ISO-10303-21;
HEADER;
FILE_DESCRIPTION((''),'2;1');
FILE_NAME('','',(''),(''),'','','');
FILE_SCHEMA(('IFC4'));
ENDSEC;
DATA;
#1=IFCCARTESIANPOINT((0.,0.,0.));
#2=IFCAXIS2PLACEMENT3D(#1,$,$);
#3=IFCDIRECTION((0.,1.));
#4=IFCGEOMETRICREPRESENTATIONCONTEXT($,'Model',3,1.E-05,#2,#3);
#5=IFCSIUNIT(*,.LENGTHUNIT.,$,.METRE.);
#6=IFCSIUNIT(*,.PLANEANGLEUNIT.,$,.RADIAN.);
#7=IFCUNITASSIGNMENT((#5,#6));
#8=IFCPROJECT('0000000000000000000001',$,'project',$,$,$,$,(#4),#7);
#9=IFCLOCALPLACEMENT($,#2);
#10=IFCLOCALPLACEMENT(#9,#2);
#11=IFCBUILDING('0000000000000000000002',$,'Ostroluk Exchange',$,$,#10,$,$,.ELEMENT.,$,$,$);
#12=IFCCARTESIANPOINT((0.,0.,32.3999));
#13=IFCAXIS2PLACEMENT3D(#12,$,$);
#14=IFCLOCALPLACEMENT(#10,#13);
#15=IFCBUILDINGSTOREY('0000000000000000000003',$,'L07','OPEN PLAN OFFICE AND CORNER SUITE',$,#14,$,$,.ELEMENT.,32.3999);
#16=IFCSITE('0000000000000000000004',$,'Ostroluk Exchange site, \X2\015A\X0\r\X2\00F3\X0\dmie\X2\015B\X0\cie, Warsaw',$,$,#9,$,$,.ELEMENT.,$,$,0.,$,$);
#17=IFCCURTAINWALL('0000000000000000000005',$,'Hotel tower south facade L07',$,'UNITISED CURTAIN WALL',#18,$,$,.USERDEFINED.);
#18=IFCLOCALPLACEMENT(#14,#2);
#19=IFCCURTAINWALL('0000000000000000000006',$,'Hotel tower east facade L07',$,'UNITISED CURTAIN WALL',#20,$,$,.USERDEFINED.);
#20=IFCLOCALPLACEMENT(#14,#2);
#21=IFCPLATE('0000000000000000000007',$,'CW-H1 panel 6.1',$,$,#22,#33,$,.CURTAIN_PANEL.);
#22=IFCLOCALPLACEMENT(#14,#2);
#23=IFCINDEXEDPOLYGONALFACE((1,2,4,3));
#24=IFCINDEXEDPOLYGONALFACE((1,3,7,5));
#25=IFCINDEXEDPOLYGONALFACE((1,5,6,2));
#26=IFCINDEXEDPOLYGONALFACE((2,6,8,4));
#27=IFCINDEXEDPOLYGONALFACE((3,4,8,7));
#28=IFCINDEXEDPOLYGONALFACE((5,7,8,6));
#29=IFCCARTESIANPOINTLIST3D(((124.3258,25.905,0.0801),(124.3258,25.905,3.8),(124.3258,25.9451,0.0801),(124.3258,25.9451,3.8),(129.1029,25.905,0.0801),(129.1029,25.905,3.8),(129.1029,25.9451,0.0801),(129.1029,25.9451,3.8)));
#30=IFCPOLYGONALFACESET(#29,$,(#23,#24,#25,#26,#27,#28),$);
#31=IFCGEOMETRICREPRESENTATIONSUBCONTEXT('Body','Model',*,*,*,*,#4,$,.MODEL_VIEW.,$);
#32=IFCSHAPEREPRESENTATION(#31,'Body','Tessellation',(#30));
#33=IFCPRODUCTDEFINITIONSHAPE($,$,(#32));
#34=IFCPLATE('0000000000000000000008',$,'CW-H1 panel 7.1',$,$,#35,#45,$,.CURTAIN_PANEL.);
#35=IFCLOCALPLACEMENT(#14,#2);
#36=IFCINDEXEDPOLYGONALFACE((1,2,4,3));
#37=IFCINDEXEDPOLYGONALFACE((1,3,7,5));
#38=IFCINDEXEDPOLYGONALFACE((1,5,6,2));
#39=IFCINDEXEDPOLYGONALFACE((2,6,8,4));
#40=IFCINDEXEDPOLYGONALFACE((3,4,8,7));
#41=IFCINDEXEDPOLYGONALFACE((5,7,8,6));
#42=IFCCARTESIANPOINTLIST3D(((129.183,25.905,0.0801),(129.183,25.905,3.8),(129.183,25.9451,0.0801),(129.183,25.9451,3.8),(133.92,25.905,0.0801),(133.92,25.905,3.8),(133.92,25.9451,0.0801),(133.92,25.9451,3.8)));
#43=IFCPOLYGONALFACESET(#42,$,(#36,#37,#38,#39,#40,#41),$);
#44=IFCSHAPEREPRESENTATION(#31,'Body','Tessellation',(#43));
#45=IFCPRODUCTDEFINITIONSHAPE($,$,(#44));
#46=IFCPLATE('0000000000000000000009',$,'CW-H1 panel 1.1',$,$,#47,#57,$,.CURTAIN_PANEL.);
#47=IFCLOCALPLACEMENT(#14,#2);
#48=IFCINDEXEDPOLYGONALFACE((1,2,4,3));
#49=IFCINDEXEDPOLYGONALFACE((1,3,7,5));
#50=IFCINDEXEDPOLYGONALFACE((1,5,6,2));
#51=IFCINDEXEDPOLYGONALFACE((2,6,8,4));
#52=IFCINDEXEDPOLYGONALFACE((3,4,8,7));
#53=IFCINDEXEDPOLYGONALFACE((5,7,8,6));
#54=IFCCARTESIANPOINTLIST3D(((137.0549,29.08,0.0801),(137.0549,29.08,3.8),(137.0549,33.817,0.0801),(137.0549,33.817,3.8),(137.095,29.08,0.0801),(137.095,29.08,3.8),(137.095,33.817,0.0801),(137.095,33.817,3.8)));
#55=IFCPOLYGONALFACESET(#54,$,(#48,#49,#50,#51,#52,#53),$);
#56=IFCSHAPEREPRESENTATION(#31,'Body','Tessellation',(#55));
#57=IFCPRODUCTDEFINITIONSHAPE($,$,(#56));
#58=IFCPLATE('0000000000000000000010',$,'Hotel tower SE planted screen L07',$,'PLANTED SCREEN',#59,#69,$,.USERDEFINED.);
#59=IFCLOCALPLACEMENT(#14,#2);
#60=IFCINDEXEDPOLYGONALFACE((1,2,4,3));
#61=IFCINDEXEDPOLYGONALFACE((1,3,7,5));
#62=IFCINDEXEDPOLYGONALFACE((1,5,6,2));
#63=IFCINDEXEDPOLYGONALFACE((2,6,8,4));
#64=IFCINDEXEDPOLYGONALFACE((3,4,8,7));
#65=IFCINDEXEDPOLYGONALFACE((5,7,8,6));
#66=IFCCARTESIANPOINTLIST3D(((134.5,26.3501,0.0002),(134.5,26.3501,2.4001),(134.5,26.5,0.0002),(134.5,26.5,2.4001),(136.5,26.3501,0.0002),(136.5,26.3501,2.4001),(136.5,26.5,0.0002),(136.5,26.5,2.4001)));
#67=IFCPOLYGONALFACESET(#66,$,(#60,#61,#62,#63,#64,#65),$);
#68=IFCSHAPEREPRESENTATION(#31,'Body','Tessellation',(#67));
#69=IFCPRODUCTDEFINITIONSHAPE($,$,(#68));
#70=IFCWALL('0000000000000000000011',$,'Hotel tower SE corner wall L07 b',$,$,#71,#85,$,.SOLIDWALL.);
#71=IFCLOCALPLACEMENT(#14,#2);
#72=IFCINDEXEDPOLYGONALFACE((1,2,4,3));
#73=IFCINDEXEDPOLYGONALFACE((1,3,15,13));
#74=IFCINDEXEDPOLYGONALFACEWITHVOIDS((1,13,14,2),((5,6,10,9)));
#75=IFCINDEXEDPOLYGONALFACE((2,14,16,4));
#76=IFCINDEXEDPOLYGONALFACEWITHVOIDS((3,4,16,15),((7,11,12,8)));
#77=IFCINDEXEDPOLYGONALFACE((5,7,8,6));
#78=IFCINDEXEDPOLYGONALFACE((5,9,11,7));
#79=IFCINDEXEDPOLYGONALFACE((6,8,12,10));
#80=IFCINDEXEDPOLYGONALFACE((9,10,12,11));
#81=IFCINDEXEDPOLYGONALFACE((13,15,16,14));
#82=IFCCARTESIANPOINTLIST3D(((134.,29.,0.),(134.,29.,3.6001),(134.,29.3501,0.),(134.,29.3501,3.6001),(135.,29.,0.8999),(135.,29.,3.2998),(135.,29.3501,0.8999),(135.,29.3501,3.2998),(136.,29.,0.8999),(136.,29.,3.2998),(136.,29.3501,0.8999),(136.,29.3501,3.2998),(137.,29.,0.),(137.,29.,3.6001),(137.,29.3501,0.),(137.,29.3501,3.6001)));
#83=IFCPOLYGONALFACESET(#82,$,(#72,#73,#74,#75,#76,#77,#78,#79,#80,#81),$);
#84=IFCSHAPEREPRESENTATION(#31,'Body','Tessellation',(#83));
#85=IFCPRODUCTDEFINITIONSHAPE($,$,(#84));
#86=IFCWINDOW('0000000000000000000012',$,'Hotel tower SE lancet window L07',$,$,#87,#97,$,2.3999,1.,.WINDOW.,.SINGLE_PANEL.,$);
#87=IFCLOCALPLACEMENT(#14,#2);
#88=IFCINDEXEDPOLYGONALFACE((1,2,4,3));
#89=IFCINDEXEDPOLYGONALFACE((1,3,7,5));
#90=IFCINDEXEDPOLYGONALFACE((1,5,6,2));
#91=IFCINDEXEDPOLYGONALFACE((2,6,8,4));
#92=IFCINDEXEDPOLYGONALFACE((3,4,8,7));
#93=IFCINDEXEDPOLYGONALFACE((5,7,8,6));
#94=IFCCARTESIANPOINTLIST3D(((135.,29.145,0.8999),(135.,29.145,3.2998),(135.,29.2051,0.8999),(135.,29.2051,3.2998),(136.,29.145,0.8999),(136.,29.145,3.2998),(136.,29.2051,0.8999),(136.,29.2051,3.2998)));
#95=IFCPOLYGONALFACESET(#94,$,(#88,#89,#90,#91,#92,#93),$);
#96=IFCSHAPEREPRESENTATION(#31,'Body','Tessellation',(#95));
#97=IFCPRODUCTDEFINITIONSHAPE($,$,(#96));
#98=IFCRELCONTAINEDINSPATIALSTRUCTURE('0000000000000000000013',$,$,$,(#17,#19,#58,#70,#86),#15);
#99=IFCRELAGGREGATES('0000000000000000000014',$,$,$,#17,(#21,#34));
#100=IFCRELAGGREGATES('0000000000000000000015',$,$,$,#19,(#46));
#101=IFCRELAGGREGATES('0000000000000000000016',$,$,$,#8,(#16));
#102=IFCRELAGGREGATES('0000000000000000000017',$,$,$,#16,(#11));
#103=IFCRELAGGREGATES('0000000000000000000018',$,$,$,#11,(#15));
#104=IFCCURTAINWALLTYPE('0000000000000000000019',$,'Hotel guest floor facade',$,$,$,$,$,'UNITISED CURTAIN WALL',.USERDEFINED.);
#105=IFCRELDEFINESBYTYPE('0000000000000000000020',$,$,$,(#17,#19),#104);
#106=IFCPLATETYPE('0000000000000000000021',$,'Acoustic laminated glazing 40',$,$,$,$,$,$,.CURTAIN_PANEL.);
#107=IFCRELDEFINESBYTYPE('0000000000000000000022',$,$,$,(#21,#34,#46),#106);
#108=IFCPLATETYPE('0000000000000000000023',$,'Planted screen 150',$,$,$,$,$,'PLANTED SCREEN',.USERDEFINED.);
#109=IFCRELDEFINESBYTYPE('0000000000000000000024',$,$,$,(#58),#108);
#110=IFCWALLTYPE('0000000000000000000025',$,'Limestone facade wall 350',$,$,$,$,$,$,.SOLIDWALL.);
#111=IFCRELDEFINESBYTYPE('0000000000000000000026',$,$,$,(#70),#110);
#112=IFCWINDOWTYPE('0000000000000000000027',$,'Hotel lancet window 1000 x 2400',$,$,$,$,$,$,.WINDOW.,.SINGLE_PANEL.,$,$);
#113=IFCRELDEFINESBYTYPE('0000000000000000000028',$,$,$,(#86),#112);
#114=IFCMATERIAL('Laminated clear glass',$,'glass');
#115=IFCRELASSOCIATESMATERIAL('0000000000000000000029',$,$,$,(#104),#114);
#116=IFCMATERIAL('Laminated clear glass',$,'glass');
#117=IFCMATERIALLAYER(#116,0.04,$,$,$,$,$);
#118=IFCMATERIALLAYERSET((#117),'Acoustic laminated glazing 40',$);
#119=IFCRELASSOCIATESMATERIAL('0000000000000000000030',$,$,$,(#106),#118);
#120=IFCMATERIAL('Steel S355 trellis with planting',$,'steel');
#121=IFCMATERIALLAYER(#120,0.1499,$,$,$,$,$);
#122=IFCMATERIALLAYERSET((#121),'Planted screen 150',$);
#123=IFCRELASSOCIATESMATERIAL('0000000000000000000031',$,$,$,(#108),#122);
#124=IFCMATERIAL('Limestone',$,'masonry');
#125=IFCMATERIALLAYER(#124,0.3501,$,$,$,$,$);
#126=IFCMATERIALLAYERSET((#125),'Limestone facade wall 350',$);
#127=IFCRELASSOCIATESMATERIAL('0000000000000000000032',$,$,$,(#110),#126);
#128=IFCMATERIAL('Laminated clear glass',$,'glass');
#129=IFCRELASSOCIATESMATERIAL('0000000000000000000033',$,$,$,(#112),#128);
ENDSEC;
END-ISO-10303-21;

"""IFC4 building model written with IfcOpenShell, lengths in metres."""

from ifc_helpers import new_model, si_unit, direction, frame, frame_2d, origin, origin_2d, place, context, subcontext, project, spatial, rectangle, extrude, material, layer, layer_set, type_object, element, fill, aggregate, save


model = new_model("IFC4")

# Units and contexts
model_context = context("Model", 3, precision=1e-05, world=origin(), true_north=direction((0.0, 1.0)))
body_context = subcontext(model_context, "Body", "Model", "MODEL_VIEW")
ifc_project = project(units=[si_unit("LENGTHUNIT", "METRE"), si_unit("PLANEANGLEUNIT", "RADIAN")], contexts=[model_context])

# Site, building, storey
site_placement = place(None, origin())
site = spatial("IfcSite", under=ifc_project, at=site_placement, Name="Ostroluk Exchange site, Śródmieście, Warsaw", CompositionType="ELEMENT", RefElevation=0.0)
building_placement = place(site_placement, origin())
building = spatial("IfcBuilding", under=site, at=building_placement, Name="Ostroluk Exchange", CompositionType="ELEMENT")
storey_placement = place(building_placement, frame((0.0, 0.0, 32.3999)))
storey = spatial("IfcBuildingStorey", under=building, at=storey_placement, Name="L07", Description="OPEN PLAN OFFICE AND CORNER SUITE", CompositionType="ELEMENT", Elevation=32.3999)

# Curtain walls
ifc_material_1 = material(Name="Laminated clear glass", Category="glass")
curtain_wall_type = type_object("IfcCurtainWallType", Name="Hotel guest floor facade", ElementType="UNITISED CURTAIN WALL", PredefinedType="USERDEFINED", material=ifc_material_1)
curtain_wall_1_placement = place(storey_placement, origin())
curtain_wall_1 = element("IfcCurtainWall", 1, at=curtain_wall_1_placement, inside=storey, type_object=curtain_wall_type, Name="Hotel tower south facade L07", ObjectType="UNITISED CURTAIN WALL", PredefinedType="USERDEFINED")
curtain_wall_2_placement = place(storey_placement, origin())
curtain_wall_2 = element("IfcCurtainWall", 2, at=curtain_wall_2_placement, inside=storey, type_object=curtain_wall_type, Name="Hotel tower east facade L07", ObjectType="UNITISED CURTAIN WALL", PredefinedType="USERDEFINED")

# Plates
ifc_material_2 = material(Name="Laminated clear glass", Category="glass")
ifc_layer_1 = layer(ifc_material_2, 0.04)
ifc_layer_set_1 = layer_set([ifc_layer_1], Name="Acoustic laminated glazing 40")
plate_type_1 = type_object("IfcPlateType", Name="Acoustic laminated glazing 40", PredefinedType="CURTAIN_PANEL", material=ifc_layer_set_1)
plate_1_placement = place(storey_placement, frame((126.7144, 25.925, 0.0801), z_axis=(0.0, 0.0, 1.0), x_axis=(1.0, 0.0, 0.0)))
plate_1 = element("IfcPlate", 3, at=plate_1_placement, type_object=plate_type_1, Name="CW-H1 panel 6.1", PredefinedType="CURTAIN_PANEL", context=body_context, shape_type="SweptSolid", body=[
    extrude(rectangle(XDim=4.7771, YDim=0.04, at=origin_2d()), origin(), (0.0, 0.0, 1.0), 3.72),
])
plate_2_placement = place(storey_placement, frame((131.5515, 25.925, 0.0801), z_axis=(0.0, 0.0, 1.0), x_axis=(1.0, 0.0, 0.0)))
plate_2 = element("IfcPlate", 4, at=plate_2_placement, type_object=plate_type_1, Name="CW-H1 panel 7.1", PredefinedType="CURTAIN_PANEL", context=body_context, shape_type="SweptSolid", body=[
    extrude(rectangle(XDim=4.7371, YDim=0.04, at=origin_2d()), origin(), (0.0, 0.0, 1.0), 3.72),
])
aggregate(curtain_wall_1, [plate_1, plate_2])
plate_3_placement = place(storey_placement, frame((137.075, 31.4485, 0.0801), z_axis=(0.0, 0.0, 1.0), x_axis=(0.0, 1.0, 0.0)))
plate_3 = element("IfcPlate", 5, at=plate_3_placement, type_object=plate_type_1, Name="CW-H1 panel 1.1", PredefinedType="CURTAIN_PANEL", context=body_context, shape_type="SweptSolid", body=[
    extrude(rectangle(XDim=4.7371, YDim=0.04, at=origin_2d()), origin(), (0.0, 0.0, 1.0), 3.72),
])
aggregate(curtain_wall_2, [plate_3])
ifc_material_3 = material(Name="Steel S355 trellis with planting", Category="steel")
ifc_layer_2 = layer(ifc_material_3, 0.1499)
ifc_layer_set_2 = layer_set([ifc_layer_2], Name="Planted screen 150")
plate_type_2 = type_object("IfcPlateType", Name="Planted screen 150", ElementType="PLANTED SCREEN", PredefinedType="USERDEFINED", material=ifc_layer_set_2)
plate_4_placement = place(storey_placement, frame((135.5, 26.425, 0.0002), z_axis=(0.0, 0.0, 1.0), x_axis=(1.0, 0.0, 0.0)))
element("IfcPlate", 6, at=plate_4_placement, inside=storey, type_object=plate_type_2, Name="Hotel tower SE planted screen L07", ObjectType="PLANTED SCREEN", PredefinedType="USERDEFINED", context=body_context, shape_type="SweptSolid", body=[
    extrude(rectangle(XDim=2.0, YDim=0.1499, at=origin_2d()), origin(), (0.0, 0.0, 1.0), 2.3999),
])

# Shared definitions
ifc_material_4 = material(Name="Limestone", Category="masonry")
ifc_layer_3 = layer(ifc_material_4, 0.3501)
ifc_layer_set_3 = layer_set([ifc_layer_3], Name="Limestone facade wall 350")
wall_type = type_object("IfcWallType", Name="Limestone facade wall 350", PredefinedType="SOLIDWALL", material=ifc_layer_set_3)

# Wall, opening, window
wall_1_placement = place(storey_placement, frame((134.0, 29.175, 0.0), z_axis=(0.0, 0.0, 1.0), x_axis=(1.0, 0.0, 0.0)))
wall_1 = element("IfcWall", 7, at=wall_1_placement, inside=storey, type_object=wall_type, Name="Hotel tower SE corner wall L07 b", PredefinedType="SOLIDWALL", context=body_context, shape_type="SweptSolid", body=[
    extrude(rectangle(XDim=3.0, YDim=0.3501, at=frame_2d((1.5, 0.0))), origin(), (0.0, 0.0, 1.0), 3.6001),
])
opening_1_placement = place(wall_1_placement, frame((1.0, 0.0, 0.8999)))
opening_1 = element("IfcOpeningElement", 8, at=opening_1_placement, cuts=wall_1, PredefinedType="OPENING", context=body_context, shape_type="SweptSolid", body=[
    extrude(rectangle(XDim=1.0, YDim=2.3999, at=frame_2d((0.5, 1.2))), frame((0.0, 0.1851, 0.0), z_axis=(0.0, -1.0, 0.0), x_axis=(1.0, 0.0, 0.0)), (0.0, 0.0, 1.0), 0.3701),
])
ifc_material_5 = material(Name="Laminated clear glass", Category="glass")
window_type = type_object("IfcWindowType", Name="Hotel lancet window 1000 x 2400", PartitioningType="SINGLE_PANEL", PredefinedType="WINDOW", material=ifc_material_5)
window_placement = place(opening_1_placement, origin())
window = element("IfcWindow", 9, at=window_placement, inside=storey, type_object=window_type, Name="Hotel tower SE lancet window L07", OverallHeight=2.3999, OverallWidth=1.0, PartitioningType="SINGLE_PANEL", PredefinedType="WINDOW", context=body_context, shape_type="SweptSolid", body=[
    extrude(rectangle(XDim=1.0, YDim=2.3999, at=frame_2d((0.5, 1.2))), frame((0.0, 0.03, 0.0), z_axis=(0.0, -1.0, 0.0), x_axis=(1.0, 0.0, 0.0)), (0.0, 0.0, 1.0), 0.0601),
])
fill(opening_1, window)

save(model, "model.ifc")
